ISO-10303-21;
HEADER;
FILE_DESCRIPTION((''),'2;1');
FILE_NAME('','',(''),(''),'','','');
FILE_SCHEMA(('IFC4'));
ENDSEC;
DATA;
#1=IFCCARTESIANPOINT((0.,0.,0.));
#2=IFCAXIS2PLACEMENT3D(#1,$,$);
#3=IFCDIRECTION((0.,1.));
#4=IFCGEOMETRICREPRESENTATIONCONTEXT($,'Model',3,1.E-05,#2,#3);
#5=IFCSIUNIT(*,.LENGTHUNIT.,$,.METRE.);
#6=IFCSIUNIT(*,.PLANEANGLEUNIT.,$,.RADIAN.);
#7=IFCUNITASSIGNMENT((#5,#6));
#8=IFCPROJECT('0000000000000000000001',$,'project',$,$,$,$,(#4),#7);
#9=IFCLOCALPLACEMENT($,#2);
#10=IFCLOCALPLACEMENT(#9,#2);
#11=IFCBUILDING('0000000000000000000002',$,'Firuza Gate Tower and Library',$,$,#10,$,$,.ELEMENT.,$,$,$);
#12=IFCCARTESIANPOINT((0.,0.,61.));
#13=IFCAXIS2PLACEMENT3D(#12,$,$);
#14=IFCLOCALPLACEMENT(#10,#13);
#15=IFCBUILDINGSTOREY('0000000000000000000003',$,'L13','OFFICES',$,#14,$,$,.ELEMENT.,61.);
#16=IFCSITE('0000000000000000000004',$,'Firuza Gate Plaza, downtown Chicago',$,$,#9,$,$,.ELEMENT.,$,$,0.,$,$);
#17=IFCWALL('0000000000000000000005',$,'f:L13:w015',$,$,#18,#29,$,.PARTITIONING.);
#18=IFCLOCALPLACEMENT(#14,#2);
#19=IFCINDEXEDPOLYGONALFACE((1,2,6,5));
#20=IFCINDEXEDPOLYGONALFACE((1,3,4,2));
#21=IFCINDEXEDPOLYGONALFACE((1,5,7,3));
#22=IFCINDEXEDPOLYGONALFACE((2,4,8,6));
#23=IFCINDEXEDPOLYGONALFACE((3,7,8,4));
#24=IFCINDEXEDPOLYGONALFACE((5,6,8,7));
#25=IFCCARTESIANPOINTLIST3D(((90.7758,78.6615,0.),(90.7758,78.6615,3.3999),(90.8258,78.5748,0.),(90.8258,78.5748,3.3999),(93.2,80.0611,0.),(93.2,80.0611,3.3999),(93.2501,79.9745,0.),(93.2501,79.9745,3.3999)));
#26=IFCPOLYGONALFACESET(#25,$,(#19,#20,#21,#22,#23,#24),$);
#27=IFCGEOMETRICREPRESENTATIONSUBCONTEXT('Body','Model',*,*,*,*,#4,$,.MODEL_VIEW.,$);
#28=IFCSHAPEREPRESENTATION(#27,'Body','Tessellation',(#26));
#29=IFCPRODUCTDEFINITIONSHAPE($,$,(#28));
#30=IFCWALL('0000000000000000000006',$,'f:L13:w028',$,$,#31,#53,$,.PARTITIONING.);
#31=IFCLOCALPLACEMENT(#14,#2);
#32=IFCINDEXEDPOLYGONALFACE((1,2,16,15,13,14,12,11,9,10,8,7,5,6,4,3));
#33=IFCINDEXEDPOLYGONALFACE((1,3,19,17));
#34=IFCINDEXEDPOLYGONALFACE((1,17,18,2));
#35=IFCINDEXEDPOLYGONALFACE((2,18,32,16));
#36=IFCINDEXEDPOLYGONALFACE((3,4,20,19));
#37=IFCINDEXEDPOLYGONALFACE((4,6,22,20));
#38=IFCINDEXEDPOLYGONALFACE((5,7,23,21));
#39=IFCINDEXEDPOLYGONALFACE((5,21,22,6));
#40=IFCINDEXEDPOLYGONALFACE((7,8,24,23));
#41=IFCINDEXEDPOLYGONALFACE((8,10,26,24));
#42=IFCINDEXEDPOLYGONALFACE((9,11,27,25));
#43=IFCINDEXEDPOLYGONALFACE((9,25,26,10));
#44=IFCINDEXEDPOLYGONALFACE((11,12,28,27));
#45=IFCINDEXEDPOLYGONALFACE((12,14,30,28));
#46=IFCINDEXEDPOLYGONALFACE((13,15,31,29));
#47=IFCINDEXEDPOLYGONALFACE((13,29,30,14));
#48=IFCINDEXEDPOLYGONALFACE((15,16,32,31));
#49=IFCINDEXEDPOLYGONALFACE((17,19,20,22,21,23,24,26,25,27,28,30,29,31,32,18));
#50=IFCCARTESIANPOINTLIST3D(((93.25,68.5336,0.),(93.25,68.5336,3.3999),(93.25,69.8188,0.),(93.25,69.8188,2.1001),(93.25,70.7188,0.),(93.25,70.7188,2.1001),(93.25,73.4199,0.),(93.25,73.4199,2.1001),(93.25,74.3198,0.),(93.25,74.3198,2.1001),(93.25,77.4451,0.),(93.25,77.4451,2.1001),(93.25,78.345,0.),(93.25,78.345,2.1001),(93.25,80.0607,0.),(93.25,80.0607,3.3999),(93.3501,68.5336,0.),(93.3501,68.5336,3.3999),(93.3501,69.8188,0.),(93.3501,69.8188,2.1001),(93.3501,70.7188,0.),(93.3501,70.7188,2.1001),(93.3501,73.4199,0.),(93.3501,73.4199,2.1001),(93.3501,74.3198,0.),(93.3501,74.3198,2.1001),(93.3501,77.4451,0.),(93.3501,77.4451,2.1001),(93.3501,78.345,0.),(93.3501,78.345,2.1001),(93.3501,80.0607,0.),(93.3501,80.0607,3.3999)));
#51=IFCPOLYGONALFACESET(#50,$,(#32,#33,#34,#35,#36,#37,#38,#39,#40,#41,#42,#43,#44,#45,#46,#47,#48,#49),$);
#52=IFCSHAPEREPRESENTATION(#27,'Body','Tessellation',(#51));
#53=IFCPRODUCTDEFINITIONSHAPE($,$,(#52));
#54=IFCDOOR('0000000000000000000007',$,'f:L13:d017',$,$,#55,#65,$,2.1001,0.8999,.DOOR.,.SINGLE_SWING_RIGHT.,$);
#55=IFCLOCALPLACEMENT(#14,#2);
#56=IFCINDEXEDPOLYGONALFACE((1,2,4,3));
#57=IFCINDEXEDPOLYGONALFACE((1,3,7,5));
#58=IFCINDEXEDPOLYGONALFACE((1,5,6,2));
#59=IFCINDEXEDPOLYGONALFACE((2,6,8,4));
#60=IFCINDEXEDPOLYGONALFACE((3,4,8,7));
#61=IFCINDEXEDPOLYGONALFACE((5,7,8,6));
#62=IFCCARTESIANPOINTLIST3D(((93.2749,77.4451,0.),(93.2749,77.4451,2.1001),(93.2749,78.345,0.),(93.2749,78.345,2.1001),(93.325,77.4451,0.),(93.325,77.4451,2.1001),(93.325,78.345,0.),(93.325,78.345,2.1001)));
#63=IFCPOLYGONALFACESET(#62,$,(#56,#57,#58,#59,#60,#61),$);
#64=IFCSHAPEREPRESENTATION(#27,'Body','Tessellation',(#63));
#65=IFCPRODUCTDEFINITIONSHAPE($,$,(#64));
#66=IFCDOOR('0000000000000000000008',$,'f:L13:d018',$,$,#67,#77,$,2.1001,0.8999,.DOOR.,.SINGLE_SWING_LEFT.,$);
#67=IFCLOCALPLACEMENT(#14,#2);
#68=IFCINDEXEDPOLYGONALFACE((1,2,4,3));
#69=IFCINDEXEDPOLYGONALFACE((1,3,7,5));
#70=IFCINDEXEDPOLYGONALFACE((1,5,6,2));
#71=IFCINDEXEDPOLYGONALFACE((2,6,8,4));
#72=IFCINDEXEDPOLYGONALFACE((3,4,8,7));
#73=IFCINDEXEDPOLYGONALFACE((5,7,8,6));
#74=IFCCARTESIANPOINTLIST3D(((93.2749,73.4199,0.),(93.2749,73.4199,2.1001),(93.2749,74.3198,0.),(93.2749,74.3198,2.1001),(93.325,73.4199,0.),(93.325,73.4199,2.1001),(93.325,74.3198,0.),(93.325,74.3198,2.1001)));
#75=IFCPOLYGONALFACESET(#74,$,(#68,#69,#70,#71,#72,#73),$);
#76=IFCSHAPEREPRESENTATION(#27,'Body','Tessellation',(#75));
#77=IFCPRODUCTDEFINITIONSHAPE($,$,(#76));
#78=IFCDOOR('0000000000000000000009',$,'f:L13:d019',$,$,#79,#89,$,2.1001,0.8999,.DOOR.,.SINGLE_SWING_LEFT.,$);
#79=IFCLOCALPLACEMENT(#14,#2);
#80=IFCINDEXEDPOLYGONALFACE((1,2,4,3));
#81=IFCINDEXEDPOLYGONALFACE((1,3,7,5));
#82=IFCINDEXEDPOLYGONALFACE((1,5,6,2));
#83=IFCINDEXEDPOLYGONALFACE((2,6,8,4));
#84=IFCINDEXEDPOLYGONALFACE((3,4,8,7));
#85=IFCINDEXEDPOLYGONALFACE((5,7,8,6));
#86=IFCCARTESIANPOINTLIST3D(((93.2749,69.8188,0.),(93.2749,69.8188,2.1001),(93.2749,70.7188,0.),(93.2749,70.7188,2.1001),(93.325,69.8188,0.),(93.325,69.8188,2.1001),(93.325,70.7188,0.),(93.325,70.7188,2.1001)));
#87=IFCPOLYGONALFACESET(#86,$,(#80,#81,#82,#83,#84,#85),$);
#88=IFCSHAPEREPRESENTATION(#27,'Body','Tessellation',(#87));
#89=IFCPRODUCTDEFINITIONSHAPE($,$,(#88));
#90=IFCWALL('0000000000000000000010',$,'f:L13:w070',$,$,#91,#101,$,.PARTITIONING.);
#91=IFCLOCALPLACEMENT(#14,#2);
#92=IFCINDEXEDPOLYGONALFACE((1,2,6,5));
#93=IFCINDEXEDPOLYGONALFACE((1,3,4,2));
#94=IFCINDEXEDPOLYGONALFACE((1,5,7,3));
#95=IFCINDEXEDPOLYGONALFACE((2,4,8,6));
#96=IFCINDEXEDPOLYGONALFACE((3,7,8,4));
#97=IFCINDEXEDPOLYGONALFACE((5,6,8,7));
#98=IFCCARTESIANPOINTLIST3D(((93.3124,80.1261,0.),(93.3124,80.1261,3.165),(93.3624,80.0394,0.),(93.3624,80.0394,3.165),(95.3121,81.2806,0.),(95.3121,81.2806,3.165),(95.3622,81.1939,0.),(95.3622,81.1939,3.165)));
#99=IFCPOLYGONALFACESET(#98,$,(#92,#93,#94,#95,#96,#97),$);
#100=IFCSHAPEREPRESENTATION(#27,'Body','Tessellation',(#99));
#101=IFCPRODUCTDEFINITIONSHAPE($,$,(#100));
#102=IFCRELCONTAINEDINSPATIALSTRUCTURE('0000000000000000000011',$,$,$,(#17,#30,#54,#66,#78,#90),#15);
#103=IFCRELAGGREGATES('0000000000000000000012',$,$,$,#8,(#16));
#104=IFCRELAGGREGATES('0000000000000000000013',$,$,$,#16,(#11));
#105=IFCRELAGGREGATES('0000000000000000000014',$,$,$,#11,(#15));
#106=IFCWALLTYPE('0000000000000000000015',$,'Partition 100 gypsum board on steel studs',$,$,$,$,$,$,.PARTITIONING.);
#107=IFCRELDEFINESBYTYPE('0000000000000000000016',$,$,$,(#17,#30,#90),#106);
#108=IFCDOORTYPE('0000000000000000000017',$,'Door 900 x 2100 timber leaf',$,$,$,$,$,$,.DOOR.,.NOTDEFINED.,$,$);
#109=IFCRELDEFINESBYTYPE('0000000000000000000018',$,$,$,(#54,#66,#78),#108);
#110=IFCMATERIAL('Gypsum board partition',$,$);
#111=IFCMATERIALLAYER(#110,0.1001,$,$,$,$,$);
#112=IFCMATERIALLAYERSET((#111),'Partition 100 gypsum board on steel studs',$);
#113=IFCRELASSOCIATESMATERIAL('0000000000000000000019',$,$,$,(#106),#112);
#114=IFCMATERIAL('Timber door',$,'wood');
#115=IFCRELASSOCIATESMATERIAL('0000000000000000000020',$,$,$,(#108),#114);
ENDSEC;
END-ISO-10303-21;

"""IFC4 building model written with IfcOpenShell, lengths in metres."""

from ifc_helpers import new_model, si_unit, direction, frame, frame_2d, origin, place, context, subcontext, project, spatial, rectangle, extrude, material, layer, layer_set, type_object, element, fill, save


model = new_model("IFC4")

# Units and contexts
model_context = context("Model", 3, precision=1e-05, world=origin(), true_north=direction((0.0, 1.0)))
body_context = subcontext(model_context, "Body", "Model", "MODEL_VIEW")
ifc_project = project(units=[si_unit("LENGTHUNIT", "METRE"), si_unit("PLANEANGLEUNIT", "RADIAN")], contexts=[model_context])

# Site, building, storey
site_placement = place(None, origin())
site = spatial("IfcSite", under=ifc_project, at=site_placement, Name="Firuza Gate Plaza, downtown Chicago", CompositionType="ELEMENT", RefElevation=0.0)
building_placement = place(site_placement, origin())
building = spatial("IfcBuilding", under=site, at=building_placement, Name="Firuza Gate Tower and Library", CompositionType="ELEMENT")
storey_placement = place(building_placement, frame((0.0, 0.0, 61.0)))
storey = spatial("IfcBuildingStorey", under=building, at=storey_placement, Name="L13", Description="OFFICES", CompositionType="ELEMENT", Elevation=61.0)

# Wall
ifc_material_1 = material(Name="Gypsum board partition")
ifc_layer_1 = layer(ifc_material_1, 0.1001)
ifc_layer_set_1 = layer_set([ifc_layer_1], Name="Partition 100 gypsum board on steel studs")
wall_type_1 = type_object("IfcWallType", Name="Partition 100 gypsum board on steel studs", PredefinedType="PARTITIONING", material=ifc_layer_set_1)
wall_1_placement = place(storey_placement, frame((90.8008, 78.6182, 0.0), z_axis=(0.0, 0.0, 1.0), x_axis=(0.866029, 0.499994, 0.0)))
element("IfcWall", 1, at=wall_1_placement, inside=storey, type_object=wall_type_1, Name="f:L13:w015", PredefinedType="PARTITIONING", context=body_context, shape_type="SweptSolid", body=[
    extrude(rectangle(XDim=2.7993, YDim=0.1001, at=frame_2d((1.3997, 0.0))), origin(), (0.0, 0.0, 1.0), 3.3999),
])

# Wall, openings, doors
wall_2_placement = place(storey_placement, frame((93.3, 80.0608, 0.0), z_axis=(0.0, 0.0, 1.0), x_axis=(0.0, -1.0, 0.0)))
wall_2 = element("IfcWall", 2, at=wall_2_placement, inside=storey, type_object=wall_type_1, Name="f:L13:w028", PredefinedType="PARTITIONING", context=body_context, shape_type="SweptSolid", body=[
    extrude(rectangle(XDim=11.5271, YDim=0.1001, at=frame_2d((5.7637, 0.0))), origin(), (0.0, 0.0, 1.0), 3.3999),
])
opening_1_placement = place(wall_2_placement, frame((1.7158, 0.0, 0.0)))
opening_1 = element("IfcOpeningElement", 3, at=opening_1_placement, cuts=wall_2, PredefinedType="OPENING", context=body_context, shape_type="SweptSolid", body=[
    extrude(rectangle(XDim=0.8999, YDim=2.1001, at=frame_2d((0.45, 1.05))), frame((0.0, 0.0601, 0.0), z_axis=(0.0, -1.0, 0.0), x_axis=(1.0, 0.0, 0.0)), (0.0, 0.0, 1.0), 0.1201),
])
opening_2_placement = place(wall_2_placement, frame((5.741, 0.0, 0.0)))
opening_2 = element("IfcOpeningElement", 4, at=opening_2_placement, cuts=wall_2, PredefinedType="OPENING", context=body_context, shape_type="SweptSolid", body=[
    extrude(rectangle(XDim=0.8999, YDim=2.1001, at=frame_2d((0.45, 1.05))), frame((0.0, 0.0601, 0.0), z_axis=(0.0, -1.0, 0.0), x_axis=(1.0, 0.0, 0.0)), (0.0, 0.0, 1.0), 0.1201),
])
opening_3_placement = place(wall_2_placement, frame((9.342, 0.0, 0.0)))
opening_3 = element("IfcOpeningElement", 5, at=opening_3_placement, cuts=wall_2, PredefinedType="OPENING", context=body_context, shape_type="SweptSolid", body=[
    extrude(rectangle(XDim=0.8999, YDim=2.1001, at=frame_2d((0.45, 1.05))), frame((0.0, 0.0601, 0.0), z_axis=(0.0, -1.0, 0.0), x_axis=(1.0, 0.0, 0.0)), (0.0, 0.0, 1.0), 0.1201),
])
ifc_material_2 = material(Name="Timber door", Category="wood")
door_type_1 = type_object("IfcDoorType", Name="Door 900 x 2100 timber leaf", OperationType="NOTDEFINED", PredefinedType="DOOR", material=ifc_material_2)
door_1_placement = place(opening_1_placement, origin())
door_1 = element("IfcDoor", 6, at=door_1_placement, inside=storey, type_object=door_type_1, Name="f:L13:d017", OperationType="SINGLE_SWING_RIGHT", OverallHeight=2.1001, OverallWidth=0.8999, PredefinedType="DOOR", context=body_context, shape_type="SweptSolid", body=[
    extrude(rectangle(XDim=0.8999, YDim=2.1001, at=frame_2d((0.45, 1.05))), frame((0.0, 0.0249, 0.0), z_axis=(0.0, -1.0, 0.0), x_axis=(1.0, 0.0, 0.0)), (0.0, 0.0, 1.0), 0.05),
])
fill(opening_1, door_1)
door_2_placement = place(opening_2_placement, origin())
door_2 = element("IfcDoor", 7, at=door_2_placement, inside=storey, type_object=door_type_1, Name="f:L13:d018", OperationType="SINGLE_SWING_LEFT", OverallHeight=2.1001, OverallWidth=0.8999, PredefinedType="DOOR", context=body_context, shape_type="SweptSolid", body=[
    extrude(rectangle(XDim=0.8999, YDim=2.1001, at=frame_2d((0.45, 1.05))), frame((0.0, 0.0249, 0.0), z_axis=(0.0, -1.0, 0.0), x_axis=(1.0, 0.0, 0.0)), (0.0, 0.0, 1.0), 0.05),
])
fill(opening_2, door_2)
door_3_placement = place(opening_3_placement, origin())
door_3 = element("IfcDoor", 8, at=door_3_placement, inside=storey, type_object=door_type_1, Name="f:L13:d019", OperationType="SINGLE_SWING_LEFT", OverallHeight=2.1001, OverallWidth=0.8999, PredefinedType="DOOR", context=body_context, shape_type="SweptSolid", body=[
    extrude(rectangle(XDim=0.8999, YDim=2.1001, at=frame_2d((0.45, 1.05))), frame((0.0, 0.0249, 0.0), z_axis=(0.0, -1.0, 0.0), x_axis=(1.0, 0.0, 0.0)), (0.0, 0.0, 1.0), 0.05),
])
fill(opening_3, door_3)

# Wall
wall_3_placement = place(storey_placement, frame((93.3374, 80.0828, 0.0), z_axis=(0.0, 0.0, 1.0), x_axis=(0.866029, 0.499994, 0.0)))
element("IfcWall", 9, at=wall_3_placement, inside=storey, type_object=wall_type_1, Name="f:L13:w070", PredefinedType="PARTITIONING", context=body_context, shape_type="SweptSolid", body=[
    extrude(rectangle(XDim=2.3091, YDim=0.1001, at=frame_2d((1.1545, 0.0))), origin(), (0.0, 0.0, 1.0), 3.165),
])

save(model, "model.ifc")
